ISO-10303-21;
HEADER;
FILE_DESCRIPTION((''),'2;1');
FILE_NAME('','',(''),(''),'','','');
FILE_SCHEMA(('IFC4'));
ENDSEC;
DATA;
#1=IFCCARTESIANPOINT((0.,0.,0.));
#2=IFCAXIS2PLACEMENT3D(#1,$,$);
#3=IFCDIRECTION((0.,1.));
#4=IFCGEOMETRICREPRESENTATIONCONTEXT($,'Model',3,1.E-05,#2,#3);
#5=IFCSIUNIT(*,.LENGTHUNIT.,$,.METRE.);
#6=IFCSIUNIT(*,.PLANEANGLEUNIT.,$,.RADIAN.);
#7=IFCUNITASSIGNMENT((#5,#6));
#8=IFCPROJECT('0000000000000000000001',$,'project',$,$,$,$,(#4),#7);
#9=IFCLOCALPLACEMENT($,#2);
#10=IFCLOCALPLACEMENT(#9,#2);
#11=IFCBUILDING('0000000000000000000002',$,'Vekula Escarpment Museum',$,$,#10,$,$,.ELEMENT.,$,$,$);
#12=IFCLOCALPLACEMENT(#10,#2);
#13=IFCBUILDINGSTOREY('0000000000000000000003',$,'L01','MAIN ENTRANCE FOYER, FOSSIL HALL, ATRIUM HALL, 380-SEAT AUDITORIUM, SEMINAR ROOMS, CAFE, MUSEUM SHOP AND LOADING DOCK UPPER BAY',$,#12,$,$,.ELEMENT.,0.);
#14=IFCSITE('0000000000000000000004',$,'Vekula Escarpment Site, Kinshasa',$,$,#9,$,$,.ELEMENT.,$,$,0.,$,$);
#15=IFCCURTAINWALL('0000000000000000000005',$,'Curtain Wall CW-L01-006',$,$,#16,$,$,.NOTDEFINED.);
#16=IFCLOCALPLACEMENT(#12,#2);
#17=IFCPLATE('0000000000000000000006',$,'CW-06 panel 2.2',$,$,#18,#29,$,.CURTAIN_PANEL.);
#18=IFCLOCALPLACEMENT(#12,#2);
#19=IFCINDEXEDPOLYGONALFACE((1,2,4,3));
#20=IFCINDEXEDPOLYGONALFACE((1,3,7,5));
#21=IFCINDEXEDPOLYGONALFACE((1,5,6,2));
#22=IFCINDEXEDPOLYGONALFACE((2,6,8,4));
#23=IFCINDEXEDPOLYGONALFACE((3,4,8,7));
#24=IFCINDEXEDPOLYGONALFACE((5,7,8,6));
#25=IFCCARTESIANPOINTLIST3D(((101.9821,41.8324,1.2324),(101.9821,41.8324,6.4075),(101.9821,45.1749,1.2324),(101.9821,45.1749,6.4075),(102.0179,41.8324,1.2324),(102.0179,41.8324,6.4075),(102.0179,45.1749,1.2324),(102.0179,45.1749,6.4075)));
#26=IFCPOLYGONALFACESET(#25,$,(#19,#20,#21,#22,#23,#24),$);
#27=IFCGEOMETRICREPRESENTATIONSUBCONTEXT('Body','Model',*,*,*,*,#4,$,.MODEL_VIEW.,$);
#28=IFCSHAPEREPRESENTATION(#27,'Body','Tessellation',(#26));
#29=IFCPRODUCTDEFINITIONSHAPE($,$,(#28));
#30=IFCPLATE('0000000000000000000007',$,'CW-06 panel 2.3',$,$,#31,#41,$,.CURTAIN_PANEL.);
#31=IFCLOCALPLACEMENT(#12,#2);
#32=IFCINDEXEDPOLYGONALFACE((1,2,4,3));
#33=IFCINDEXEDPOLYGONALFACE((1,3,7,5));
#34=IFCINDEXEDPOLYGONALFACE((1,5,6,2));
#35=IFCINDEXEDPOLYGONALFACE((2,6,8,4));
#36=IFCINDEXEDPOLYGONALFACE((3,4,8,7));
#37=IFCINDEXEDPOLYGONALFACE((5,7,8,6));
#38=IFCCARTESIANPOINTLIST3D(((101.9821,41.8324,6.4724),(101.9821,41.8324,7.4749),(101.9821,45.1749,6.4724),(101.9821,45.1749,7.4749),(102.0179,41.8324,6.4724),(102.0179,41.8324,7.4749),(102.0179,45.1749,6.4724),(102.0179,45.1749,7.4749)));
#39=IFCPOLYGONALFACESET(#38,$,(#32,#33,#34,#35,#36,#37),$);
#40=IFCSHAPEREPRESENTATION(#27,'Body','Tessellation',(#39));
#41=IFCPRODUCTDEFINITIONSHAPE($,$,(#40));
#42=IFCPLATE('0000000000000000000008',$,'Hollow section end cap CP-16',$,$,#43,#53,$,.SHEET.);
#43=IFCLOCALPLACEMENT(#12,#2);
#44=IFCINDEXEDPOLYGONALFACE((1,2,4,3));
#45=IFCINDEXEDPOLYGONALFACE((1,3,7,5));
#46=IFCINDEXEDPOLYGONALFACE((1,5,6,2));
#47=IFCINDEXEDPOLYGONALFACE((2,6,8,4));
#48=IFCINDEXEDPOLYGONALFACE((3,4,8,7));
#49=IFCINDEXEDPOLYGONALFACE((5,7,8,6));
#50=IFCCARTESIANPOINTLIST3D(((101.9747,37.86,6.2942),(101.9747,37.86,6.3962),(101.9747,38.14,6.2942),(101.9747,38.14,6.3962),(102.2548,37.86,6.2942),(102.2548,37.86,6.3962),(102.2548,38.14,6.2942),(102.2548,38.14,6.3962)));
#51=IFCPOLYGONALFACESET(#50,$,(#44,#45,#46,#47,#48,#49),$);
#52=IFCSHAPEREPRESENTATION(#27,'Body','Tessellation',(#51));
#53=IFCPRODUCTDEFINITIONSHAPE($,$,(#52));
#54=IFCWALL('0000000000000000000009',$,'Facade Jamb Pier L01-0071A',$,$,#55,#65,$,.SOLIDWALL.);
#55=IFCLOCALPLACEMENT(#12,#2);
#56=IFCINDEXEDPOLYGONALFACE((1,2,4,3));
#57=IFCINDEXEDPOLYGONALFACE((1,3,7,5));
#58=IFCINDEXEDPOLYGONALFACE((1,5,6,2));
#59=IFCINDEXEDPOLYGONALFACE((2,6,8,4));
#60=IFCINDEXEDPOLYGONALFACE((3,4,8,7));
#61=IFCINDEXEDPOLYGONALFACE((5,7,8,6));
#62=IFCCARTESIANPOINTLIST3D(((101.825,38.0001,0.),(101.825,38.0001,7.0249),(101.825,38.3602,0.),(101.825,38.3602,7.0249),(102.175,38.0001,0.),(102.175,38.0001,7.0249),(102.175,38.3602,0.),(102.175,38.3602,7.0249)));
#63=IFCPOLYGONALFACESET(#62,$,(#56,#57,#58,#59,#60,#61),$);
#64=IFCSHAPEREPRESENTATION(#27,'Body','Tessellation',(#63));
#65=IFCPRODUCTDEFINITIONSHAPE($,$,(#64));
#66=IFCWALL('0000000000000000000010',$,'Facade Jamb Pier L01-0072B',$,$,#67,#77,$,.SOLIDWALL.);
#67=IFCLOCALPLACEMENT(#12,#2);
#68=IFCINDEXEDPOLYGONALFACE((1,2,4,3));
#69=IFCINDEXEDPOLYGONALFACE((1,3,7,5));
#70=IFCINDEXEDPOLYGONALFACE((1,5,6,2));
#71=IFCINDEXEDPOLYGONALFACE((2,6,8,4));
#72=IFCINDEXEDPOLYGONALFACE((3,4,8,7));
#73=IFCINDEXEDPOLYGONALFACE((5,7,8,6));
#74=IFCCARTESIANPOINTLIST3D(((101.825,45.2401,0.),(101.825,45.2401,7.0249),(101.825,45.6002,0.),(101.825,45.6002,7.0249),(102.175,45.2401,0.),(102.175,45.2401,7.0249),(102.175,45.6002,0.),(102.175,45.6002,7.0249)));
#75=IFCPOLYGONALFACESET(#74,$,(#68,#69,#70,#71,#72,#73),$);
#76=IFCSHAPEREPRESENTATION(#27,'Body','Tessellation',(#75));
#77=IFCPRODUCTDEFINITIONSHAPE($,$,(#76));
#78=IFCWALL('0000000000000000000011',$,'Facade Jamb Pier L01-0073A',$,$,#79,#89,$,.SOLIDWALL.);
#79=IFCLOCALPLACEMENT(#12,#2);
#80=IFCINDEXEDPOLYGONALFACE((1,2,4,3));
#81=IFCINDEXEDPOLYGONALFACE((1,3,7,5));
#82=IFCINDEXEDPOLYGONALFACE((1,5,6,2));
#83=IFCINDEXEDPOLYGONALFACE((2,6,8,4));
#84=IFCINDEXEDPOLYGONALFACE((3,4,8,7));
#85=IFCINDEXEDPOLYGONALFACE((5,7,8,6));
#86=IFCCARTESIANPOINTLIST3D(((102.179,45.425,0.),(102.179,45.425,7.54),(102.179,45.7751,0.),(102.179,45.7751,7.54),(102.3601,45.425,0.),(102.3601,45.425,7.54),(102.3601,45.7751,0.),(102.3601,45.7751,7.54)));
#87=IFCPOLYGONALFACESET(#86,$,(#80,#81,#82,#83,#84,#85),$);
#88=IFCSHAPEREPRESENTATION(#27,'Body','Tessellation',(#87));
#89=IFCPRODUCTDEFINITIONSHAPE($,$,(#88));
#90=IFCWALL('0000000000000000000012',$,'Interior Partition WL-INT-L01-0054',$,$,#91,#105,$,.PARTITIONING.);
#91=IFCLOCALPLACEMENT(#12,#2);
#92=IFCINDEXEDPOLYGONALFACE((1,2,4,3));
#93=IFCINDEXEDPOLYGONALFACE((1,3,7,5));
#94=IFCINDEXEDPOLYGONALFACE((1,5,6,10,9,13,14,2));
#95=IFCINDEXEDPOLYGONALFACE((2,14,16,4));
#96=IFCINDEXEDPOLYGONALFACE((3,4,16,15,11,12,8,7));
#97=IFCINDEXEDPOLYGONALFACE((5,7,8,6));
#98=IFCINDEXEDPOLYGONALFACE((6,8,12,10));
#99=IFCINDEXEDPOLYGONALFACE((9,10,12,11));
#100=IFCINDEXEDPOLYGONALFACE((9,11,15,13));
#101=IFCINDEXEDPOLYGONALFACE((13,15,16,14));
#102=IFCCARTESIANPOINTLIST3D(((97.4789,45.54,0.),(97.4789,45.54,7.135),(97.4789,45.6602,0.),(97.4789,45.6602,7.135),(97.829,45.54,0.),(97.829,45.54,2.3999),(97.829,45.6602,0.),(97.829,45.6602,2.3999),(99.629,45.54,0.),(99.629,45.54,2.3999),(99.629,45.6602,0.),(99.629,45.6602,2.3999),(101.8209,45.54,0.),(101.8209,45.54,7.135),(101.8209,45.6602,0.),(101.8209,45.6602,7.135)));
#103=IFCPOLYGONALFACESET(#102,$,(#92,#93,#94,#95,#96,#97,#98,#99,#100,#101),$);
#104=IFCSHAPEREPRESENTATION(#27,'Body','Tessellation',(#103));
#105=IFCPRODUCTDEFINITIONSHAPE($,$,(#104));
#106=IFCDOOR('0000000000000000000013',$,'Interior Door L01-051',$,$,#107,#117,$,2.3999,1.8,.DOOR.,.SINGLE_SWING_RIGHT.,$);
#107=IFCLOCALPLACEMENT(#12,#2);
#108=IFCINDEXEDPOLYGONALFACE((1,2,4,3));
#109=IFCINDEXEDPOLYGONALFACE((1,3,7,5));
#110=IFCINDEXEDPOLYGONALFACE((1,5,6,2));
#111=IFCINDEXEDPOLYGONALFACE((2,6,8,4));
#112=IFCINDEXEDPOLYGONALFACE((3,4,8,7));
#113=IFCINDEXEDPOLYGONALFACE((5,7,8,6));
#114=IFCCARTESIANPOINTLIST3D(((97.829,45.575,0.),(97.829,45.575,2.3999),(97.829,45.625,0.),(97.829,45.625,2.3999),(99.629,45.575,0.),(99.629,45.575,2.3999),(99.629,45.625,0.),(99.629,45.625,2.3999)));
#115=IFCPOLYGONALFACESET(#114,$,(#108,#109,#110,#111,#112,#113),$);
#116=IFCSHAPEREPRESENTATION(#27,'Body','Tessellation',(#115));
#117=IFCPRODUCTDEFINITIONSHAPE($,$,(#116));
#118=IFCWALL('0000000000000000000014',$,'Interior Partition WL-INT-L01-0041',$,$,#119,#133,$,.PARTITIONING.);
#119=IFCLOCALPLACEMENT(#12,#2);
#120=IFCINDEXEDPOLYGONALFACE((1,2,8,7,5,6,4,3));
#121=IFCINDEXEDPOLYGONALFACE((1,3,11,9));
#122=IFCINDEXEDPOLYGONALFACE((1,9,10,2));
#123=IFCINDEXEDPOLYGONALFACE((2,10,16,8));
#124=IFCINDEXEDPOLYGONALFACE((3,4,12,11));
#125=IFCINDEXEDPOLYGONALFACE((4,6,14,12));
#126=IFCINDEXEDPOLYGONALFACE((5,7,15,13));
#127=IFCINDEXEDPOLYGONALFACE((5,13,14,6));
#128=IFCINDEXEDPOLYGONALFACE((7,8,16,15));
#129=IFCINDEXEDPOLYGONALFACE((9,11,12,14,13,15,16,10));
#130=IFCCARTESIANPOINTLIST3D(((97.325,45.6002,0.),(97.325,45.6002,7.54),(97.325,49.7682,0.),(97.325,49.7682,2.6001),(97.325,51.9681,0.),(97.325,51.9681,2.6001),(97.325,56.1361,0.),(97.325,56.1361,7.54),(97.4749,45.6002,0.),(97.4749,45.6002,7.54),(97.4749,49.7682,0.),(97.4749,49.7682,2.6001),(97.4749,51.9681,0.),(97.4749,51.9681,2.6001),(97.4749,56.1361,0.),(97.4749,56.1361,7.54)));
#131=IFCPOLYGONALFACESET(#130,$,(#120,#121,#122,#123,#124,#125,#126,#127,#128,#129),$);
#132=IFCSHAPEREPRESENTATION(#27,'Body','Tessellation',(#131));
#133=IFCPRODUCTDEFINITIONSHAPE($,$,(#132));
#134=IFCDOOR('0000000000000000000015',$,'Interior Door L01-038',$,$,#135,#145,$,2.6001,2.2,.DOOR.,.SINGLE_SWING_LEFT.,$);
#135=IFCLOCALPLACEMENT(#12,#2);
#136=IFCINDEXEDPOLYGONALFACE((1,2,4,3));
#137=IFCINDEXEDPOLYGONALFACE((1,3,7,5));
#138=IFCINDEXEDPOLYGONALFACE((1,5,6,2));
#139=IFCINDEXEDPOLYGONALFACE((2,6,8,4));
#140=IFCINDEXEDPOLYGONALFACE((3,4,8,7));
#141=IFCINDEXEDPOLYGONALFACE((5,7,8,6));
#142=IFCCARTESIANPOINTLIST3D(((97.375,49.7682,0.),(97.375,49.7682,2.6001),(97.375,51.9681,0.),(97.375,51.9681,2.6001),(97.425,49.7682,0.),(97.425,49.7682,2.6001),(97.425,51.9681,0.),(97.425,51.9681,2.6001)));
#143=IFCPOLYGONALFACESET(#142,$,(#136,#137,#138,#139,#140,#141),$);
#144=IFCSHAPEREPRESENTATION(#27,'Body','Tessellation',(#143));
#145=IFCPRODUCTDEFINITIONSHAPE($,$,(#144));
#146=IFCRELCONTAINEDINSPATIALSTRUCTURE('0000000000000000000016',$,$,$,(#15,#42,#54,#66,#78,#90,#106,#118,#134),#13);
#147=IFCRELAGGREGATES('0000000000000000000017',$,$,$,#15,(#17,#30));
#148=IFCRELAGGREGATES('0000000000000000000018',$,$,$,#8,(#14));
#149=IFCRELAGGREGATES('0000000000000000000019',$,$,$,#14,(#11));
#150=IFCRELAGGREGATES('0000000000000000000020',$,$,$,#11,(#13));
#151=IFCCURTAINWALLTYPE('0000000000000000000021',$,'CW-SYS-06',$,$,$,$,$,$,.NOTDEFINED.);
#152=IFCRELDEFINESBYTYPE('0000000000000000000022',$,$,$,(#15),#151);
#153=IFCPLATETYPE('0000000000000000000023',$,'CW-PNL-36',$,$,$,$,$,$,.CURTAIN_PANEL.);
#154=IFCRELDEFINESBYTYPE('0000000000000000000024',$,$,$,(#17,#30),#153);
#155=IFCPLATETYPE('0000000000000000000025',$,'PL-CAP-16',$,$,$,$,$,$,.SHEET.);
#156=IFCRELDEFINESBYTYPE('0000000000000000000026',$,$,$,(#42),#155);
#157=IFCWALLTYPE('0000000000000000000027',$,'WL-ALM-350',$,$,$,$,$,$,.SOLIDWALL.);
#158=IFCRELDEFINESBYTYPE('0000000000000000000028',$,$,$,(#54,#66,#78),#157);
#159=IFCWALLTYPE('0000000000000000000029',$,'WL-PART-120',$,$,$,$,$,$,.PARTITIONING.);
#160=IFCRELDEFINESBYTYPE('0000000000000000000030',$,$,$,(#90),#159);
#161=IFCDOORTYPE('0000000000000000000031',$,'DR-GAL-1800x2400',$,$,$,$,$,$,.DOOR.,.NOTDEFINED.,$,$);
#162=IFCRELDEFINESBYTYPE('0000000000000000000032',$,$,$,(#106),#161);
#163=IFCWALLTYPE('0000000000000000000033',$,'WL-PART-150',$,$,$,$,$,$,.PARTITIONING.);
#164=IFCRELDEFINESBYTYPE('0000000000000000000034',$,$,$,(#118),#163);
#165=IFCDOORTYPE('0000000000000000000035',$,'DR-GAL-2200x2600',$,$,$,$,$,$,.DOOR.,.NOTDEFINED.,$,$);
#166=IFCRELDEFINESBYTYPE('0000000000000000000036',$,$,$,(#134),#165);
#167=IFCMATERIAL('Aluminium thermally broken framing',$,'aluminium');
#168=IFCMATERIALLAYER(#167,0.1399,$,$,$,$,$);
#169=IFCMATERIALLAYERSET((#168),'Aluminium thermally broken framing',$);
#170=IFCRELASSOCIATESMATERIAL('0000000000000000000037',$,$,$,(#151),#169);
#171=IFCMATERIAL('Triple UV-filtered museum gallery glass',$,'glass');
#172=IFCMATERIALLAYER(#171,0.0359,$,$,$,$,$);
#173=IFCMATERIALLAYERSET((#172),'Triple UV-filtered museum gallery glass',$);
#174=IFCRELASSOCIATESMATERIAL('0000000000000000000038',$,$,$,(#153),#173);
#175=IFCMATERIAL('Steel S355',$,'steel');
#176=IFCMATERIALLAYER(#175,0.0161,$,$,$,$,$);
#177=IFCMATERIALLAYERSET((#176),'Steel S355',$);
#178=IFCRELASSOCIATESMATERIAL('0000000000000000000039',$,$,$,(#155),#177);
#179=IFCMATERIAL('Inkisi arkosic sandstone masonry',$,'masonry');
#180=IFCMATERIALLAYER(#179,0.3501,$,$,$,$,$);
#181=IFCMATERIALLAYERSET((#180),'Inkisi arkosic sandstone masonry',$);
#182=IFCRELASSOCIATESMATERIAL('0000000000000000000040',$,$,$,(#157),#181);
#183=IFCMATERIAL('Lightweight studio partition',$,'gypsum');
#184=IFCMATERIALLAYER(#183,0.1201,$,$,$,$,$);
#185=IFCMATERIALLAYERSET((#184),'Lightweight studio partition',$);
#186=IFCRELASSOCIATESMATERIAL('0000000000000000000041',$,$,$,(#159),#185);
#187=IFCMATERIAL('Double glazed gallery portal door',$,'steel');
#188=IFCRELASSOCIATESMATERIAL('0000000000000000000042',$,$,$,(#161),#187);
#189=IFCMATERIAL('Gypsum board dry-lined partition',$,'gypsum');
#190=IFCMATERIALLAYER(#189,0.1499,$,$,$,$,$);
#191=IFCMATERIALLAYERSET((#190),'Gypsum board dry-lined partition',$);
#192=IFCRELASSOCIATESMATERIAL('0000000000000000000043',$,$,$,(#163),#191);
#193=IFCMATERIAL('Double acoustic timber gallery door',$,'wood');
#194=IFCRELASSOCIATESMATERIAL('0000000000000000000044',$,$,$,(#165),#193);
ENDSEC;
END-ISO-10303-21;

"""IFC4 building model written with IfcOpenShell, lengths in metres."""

from ifc_helpers import new_model, si_unit, direction, frame, frame_2d, origin, origin_2d, place, context, subcontext, project, spatial, rectangle, extrude, material, layer, layer_set, type_object, element, fill, aggregate, save


model = new_model("IFC4")

# Units and contexts
model_context = context("Model", 3, precision=1e-05, world=origin(), true_north=direction((0.0, 1.0)))
body_context = subcontext(model_context, "Body", "Model", "MODEL_VIEW")
ifc_project = project(units=[si_unit("LENGTHUNIT", "METRE"), si_unit("PLANEANGLEUNIT", "RADIAN")], contexts=[model_context])

# Site, building, storey
site_placement = place(None, origin())
site = spatial("IfcSite", under=ifc_project, at=site_placement, Name="Vekula Escarpment Site, Kinshasa", CompositionType="ELEMENT", RefElevation=0.0)
building_placement = place(site_placement, origin())
building = spatial("IfcBuilding", under=site, at=building_placement, Name="Vekula Escarpment Museum", CompositionType="ELEMENT")
storey_placement = place(building_placement, origin())
storey = spatial("IfcBuildingStorey", under=building, at=storey_placement, Name="L01", Description="MAIN ENTRANCE FOYER, FOSSIL HALL, ATRIUM HALL, 380-SEAT AUDITORIUM, SEMINAR ROOMS, CAFE, MUSEUM SHOP AND LOADING DOCK UPPER BAY", CompositionType="ELEMENT", Elevation=0.0)

# Curtain wall
ifc_material_1 = material(Name="Aluminium thermally broken framing", Category="aluminium")
ifc_layer_1 = layer(ifc_material_1, 0.1399)
ifc_layer_set_1 = layer_set([ifc_layer_1], Name="Aluminium thermally broken framing")
curtain_wall_type = type_object("IfcCurtainWallType", Name="CW-SYS-06", PredefinedType="NOTDEFINED", material=ifc_layer_set_1)
curtain_wall_placement = place(storey_placement, origin())
curtain_wall = element("IfcCurtainWall", 1, at=curtain_wall_placement, inside=storey, type_object=curtain_wall_type, Name="Curtain Wall CW-L01-006", PredefinedType="NOTDEFINED")

# Plates
ifc_material_2 = material(Name="Triple UV-filtered museum gallery glass", Category="glass")
ifc_layer_2 = layer(ifc_material_2, 0.0359)
ifc_layer_set_2 = layer_set([ifc_layer_2], Name="Triple UV-filtered museum gallery glass")
plate_type_1 = type_object("IfcPlateType", Name="CW-PNL-36", PredefinedType="CURTAIN_PANEL", material=ifc_layer_set_2)
plate_1_placement = place(storey_placement, frame((102.0, 43.5037, 1.2324), z_axis=(0.0, 0.0, 1.0), x_axis=(0.0, 1.0, 0.0)))
plate_1 = element("IfcPlate", 2, at=plate_1_placement, type_object=plate_type_1, Name="CW-06 panel 2.2", PredefinedType="CURTAIN_PANEL", context=body_context, shape_type="SweptSolid", body=[
    extrude(rectangle(XDim=3.3425, YDim=0.0359, at=origin_2d()), origin(), (0.0, 0.0, 1.0), 5.175),
])
plate_2_placement = place(storey_placement, frame((102.0, 43.5037, 6.4724), z_axis=(0.0, 0.0, 1.0), x_axis=(0.0, 1.0, 0.0)))
plate_2 = element("IfcPlate", 3, at=plate_2_placement, type_object=plate_type_1, Name="CW-06 panel 2.3", PredefinedType="CURTAIN_PANEL", context=body_context, shape_type="SweptSolid", body=[
    extrude(rectangle(XDim=3.3425, YDim=0.0359, at=origin_2d()), origin(), (0.0, 0.0, 1.0), 1.0024),
])
aggregate(curtain_wall, [plate_1, plate_2])
ifc_material_3 = material(Name="Steel S355", Category="steel")
ifc_layer_3 = layer(ifc_material_3, 0.0161)
ifc_layer_set_3 = layer_set([ifc_layer_3], Name="Steel S355")
plate_type_2 = type_object("IfcPlateType", Name="PL-CAP-16", PredefinedType="SHEET", material=ifc_layer_set_3)
plate_3_placement = place(storey_placement, frame((102.1147, 38.0, 6.2942), z_axis=(0.0, 0.0, 1.0), x_axis=(1.0, 0.0, 0.0)))
element("IfcPlate", 4, at=plate_3_placement, inside=storey, type_object=plate_type_2, Name="Hollow section end cap CP-16", PredefinedType="SHEET", context=body_context, shape_type="SweptSolid", body=[
    extrude(rectangle(XDim=0.28, YDim=0.28, at=origin_2d()), origin(), (0.0, 0.0, 1.0), 0.1021),
])

# Walls
ifc_material_4 = material(Name="Inkisi arkosic sandstone masonry", Category="masonry")
ifc_layer_4 = layer(ifc_material_4, 0.3501)
ifc_layer_set_4 = layer_set([ifc_layer_4], Name="Inkisi arkosic sandstone masonry")
wall_type_1 = type_object("IfcWallType", Name="WL-ALM-350", PredefinedType="SOLIDWALL", material=ifc_layer_set_4)
for number, where, z_axis, x_axis, name in (
    (5, (102.0, 38.0, 0.0), (0.0, 0.0, 1.0), (0.0, 1.0, 0.0), "Facade Jamb Pier L01-0071A"),
    (6, (102.0, 45.24, 0.0), (0.0, 0.0, 1.0), (0.0, 1.0, 0.0), "Facade Jamb Pier L01-0072B"),
):
    element("IfcWall", number, at=place(storey_placement, frame(where, z_axis=z_axis, x_axis=x_axis)), inside=storey, type_object=wall_type_1, Name=name, PredefinedType="SOLIDWALL", context=body_context, shape_type="SweptSolid", body=[
        extrude(rectangle(XDim=0.3601, YDim=0.3501, at=frame_2d((0.1802, 0.0))), origin(), (0.0, 0.0, 1.0), 7.0249),
    ])
wall_1_placement = place(storey_placement, frame((102.179, 45.6001, 0.0), z_axis=(0.0, 0.0, 1.0), x_axis=(1.0, 0.0, 0.0)))
element("IfcWall", 7, at=wall_1_placement, inside=storey, type_object=wall_type_1, Name="Facade Jamb Pier L01-0073A", PredefinedType="SOLIDWALL", context=body_context, shape_type="SweptSolid", body=[
    extrude(rectangle(XDim=0.1812, YDim=0.3501, at=frame_2d((0.0906, 0.0))), origin(), (0.0, 0.0, 1.0), 7.54),
])

# Walls, openings, doors
ifc_material_5 = material(Name="Lightweight studio partition", Category="gypsum")
ifc_layer_5 = layer(ifc_material_5, 0.1201)
ifc_layer_set_5 = layer_set([ifc_layer_5], Name="Lightweight studio partition")
wall_type_2 = type_object("IfcWallType", Name="WL-PART-120", PredefinedType="PARTITIONING", material=ifc_layer_set_5)
wall_2_placement = place(storey_placement, frame((97.479, 45.6001, 0.0), z_axis=(0.0, 0.0, 1.0), x_axis=(1.0, 0.0, 0.0)))
wall_2 = element("IfcWall", 8, at=wall_2_placement, inside=storey, type_object=wall_type_2, Name="Interior Partition WL-INT-L01-0054", PredefinedType="PARTITIONING", context=body_context, shape_type="SweptSolid", body=[
    extrude(rectangle(XDim=4.342, YDim=0.1201, at=frame_2d((2.1709, 0.0))), origin(), (0.0, 0.0, 1.0), 7.135),
])
opening_1_placement = place(wall_2_placement, frame((0.3501, 0.0, 0.0)))
opening_1 = element("IfcOpeningElement", 9, at=opening_1_placement, cuts=wall_2, PredefinedType="OPENING", context=body_context, shape_type="SweptSolid", body=[
    extrude(rectangle(XDim=1.8, YDim=2.3999, at=frame_2d((0.8999, 1.2))), frame((0.0, 0.0701, 0.0), z_axis=(0.0, -1.0, 0.0), x_axis=(1.0, 0.0, 0.0)), (0.0, 0.0, 1.0), 0.1401),
])
ifc_material_6 = material(Name="Double glazed gallery portal door", Category="steel")
door_type_1 = type_object("IfcDoorType", Name="DR-GAL-1800x2400", OperationType="NOTDEFINED", PredefinedType="DOOR", material=ifc_material_6)
door_1_placement = place(opening_1_placement, origin())
door_1 = element("IfcDoor", 10, at=door_1_placement, inside=storey, type_object=door_type_1, Name="Interior Door L01-051", OperationType="SINGLE_SWING_RIGHT", OverallHeight=2.3999, OverallWidth=1.8, PredefinedType="DOOR", context=body_context, shape_type="SweptSolid", body=[
    extrude(rectangle(XDim=1.8, YDim=2.3999, at=frame_2d((0.8999, 1.2))), frame((0.0, 0.0249, 0.0), z_axis=(0.0, -1.0, 0.0), x_axis=(1.0, 0.0, 0.0)), (0.0, 0.0, 1.0), 0.05),
])
fill(opening_1, door_1)
ifc_material_7 = material(Name="Gypsum board dry-lined partition", Category="gypsum")
ifc_layer_6 = layer(ifc_material_7, 0.1499)
ifc_layer_set_6 = layer_set([ifc_layer_6], Name="Gypsum board dry-lined partition")
wall_type_3 = type_object("IfcWallType", Name="WL-PART-150", PredefinedType="PARTITIONING", material=ifc_layer_set_6)
wall_3_placement = place(storey_placement, frame((97.3999, 45.6001, 0.0), z_axis=(0.0, 0.0, 1.0), x_axis=(0.0, 1.0, 0.0)))
wall_3 = element("IfcWall", 11, at=wall_3_placement, inside=storey, type_object=wall_type_3, Name="Interior Partition WL-INT-L01-0041", PredefinedType="PARTITIONING", context=body_context, shape_type="SweptSolid", body=[
    extrude(rectangle(XDim=10.5359, YDim=0.1499, at=frame_2d((5.2681, 0.0))), origin(), (0.0, 0.0, 1.0), 7.54),
])
opening_2_placement = place(wall_3_placement, frame((4.168, 0.0, 0.0)))
opening_2 = element("IfcOpeningElement", 12, at=opening_2_placement, cuts=wall_3, PredefinedType="OPENING", context=body_context, shape_type="SweptSolid", body=[
    extrude(rectangle(XDim=2.2, YDim=2.6001, at=frame_2d((1.1001, 1.3))), frame((0.0, 0.085, 0.0), z_axis=(0.0, -1.0, 0.0), x_axis=(1.0, 0.0, 0.0)), (0.0, 0.0, 1.0), 0.1699),
])
ifc_material_8 = material(Name="Double acoustic timber gallery door", Category="wood")
door_type_2 = type_object("IfcDoorType", Name="DR-GAL-2200x2600", OperationType="NOTDEFINED", PredefinedType="DOOR", material=ifc_material_8)
door_2_placement = place(opening_2_placement, origin())
door_2 = element("IfcDoor", 13, at=door_2_placement, inside=storey, type_object=door_type_2, Name="Interior Door L01-038", OperationType="SINGLE_SWING_LEFT", OverallHeight=2.6001, OverallWidth=2.2, PredefinedType="DOOR", context=body_context, shape_type="SweptSolid", body=[
    extrude(rectangle(XDim=2.2, YDim=2.6001, at=frame_2d((1.1001, 1.3))), frame((0.0, 0.0249, 0.0), z_axis=(0.0, -1.0, 0.0), x_axis=(1.0, 0.0, 0.0)), (0.0, 0.0, 1.0), 0.05),
])
fill(opening_2, door_2)

save(model, "model.ifc")
